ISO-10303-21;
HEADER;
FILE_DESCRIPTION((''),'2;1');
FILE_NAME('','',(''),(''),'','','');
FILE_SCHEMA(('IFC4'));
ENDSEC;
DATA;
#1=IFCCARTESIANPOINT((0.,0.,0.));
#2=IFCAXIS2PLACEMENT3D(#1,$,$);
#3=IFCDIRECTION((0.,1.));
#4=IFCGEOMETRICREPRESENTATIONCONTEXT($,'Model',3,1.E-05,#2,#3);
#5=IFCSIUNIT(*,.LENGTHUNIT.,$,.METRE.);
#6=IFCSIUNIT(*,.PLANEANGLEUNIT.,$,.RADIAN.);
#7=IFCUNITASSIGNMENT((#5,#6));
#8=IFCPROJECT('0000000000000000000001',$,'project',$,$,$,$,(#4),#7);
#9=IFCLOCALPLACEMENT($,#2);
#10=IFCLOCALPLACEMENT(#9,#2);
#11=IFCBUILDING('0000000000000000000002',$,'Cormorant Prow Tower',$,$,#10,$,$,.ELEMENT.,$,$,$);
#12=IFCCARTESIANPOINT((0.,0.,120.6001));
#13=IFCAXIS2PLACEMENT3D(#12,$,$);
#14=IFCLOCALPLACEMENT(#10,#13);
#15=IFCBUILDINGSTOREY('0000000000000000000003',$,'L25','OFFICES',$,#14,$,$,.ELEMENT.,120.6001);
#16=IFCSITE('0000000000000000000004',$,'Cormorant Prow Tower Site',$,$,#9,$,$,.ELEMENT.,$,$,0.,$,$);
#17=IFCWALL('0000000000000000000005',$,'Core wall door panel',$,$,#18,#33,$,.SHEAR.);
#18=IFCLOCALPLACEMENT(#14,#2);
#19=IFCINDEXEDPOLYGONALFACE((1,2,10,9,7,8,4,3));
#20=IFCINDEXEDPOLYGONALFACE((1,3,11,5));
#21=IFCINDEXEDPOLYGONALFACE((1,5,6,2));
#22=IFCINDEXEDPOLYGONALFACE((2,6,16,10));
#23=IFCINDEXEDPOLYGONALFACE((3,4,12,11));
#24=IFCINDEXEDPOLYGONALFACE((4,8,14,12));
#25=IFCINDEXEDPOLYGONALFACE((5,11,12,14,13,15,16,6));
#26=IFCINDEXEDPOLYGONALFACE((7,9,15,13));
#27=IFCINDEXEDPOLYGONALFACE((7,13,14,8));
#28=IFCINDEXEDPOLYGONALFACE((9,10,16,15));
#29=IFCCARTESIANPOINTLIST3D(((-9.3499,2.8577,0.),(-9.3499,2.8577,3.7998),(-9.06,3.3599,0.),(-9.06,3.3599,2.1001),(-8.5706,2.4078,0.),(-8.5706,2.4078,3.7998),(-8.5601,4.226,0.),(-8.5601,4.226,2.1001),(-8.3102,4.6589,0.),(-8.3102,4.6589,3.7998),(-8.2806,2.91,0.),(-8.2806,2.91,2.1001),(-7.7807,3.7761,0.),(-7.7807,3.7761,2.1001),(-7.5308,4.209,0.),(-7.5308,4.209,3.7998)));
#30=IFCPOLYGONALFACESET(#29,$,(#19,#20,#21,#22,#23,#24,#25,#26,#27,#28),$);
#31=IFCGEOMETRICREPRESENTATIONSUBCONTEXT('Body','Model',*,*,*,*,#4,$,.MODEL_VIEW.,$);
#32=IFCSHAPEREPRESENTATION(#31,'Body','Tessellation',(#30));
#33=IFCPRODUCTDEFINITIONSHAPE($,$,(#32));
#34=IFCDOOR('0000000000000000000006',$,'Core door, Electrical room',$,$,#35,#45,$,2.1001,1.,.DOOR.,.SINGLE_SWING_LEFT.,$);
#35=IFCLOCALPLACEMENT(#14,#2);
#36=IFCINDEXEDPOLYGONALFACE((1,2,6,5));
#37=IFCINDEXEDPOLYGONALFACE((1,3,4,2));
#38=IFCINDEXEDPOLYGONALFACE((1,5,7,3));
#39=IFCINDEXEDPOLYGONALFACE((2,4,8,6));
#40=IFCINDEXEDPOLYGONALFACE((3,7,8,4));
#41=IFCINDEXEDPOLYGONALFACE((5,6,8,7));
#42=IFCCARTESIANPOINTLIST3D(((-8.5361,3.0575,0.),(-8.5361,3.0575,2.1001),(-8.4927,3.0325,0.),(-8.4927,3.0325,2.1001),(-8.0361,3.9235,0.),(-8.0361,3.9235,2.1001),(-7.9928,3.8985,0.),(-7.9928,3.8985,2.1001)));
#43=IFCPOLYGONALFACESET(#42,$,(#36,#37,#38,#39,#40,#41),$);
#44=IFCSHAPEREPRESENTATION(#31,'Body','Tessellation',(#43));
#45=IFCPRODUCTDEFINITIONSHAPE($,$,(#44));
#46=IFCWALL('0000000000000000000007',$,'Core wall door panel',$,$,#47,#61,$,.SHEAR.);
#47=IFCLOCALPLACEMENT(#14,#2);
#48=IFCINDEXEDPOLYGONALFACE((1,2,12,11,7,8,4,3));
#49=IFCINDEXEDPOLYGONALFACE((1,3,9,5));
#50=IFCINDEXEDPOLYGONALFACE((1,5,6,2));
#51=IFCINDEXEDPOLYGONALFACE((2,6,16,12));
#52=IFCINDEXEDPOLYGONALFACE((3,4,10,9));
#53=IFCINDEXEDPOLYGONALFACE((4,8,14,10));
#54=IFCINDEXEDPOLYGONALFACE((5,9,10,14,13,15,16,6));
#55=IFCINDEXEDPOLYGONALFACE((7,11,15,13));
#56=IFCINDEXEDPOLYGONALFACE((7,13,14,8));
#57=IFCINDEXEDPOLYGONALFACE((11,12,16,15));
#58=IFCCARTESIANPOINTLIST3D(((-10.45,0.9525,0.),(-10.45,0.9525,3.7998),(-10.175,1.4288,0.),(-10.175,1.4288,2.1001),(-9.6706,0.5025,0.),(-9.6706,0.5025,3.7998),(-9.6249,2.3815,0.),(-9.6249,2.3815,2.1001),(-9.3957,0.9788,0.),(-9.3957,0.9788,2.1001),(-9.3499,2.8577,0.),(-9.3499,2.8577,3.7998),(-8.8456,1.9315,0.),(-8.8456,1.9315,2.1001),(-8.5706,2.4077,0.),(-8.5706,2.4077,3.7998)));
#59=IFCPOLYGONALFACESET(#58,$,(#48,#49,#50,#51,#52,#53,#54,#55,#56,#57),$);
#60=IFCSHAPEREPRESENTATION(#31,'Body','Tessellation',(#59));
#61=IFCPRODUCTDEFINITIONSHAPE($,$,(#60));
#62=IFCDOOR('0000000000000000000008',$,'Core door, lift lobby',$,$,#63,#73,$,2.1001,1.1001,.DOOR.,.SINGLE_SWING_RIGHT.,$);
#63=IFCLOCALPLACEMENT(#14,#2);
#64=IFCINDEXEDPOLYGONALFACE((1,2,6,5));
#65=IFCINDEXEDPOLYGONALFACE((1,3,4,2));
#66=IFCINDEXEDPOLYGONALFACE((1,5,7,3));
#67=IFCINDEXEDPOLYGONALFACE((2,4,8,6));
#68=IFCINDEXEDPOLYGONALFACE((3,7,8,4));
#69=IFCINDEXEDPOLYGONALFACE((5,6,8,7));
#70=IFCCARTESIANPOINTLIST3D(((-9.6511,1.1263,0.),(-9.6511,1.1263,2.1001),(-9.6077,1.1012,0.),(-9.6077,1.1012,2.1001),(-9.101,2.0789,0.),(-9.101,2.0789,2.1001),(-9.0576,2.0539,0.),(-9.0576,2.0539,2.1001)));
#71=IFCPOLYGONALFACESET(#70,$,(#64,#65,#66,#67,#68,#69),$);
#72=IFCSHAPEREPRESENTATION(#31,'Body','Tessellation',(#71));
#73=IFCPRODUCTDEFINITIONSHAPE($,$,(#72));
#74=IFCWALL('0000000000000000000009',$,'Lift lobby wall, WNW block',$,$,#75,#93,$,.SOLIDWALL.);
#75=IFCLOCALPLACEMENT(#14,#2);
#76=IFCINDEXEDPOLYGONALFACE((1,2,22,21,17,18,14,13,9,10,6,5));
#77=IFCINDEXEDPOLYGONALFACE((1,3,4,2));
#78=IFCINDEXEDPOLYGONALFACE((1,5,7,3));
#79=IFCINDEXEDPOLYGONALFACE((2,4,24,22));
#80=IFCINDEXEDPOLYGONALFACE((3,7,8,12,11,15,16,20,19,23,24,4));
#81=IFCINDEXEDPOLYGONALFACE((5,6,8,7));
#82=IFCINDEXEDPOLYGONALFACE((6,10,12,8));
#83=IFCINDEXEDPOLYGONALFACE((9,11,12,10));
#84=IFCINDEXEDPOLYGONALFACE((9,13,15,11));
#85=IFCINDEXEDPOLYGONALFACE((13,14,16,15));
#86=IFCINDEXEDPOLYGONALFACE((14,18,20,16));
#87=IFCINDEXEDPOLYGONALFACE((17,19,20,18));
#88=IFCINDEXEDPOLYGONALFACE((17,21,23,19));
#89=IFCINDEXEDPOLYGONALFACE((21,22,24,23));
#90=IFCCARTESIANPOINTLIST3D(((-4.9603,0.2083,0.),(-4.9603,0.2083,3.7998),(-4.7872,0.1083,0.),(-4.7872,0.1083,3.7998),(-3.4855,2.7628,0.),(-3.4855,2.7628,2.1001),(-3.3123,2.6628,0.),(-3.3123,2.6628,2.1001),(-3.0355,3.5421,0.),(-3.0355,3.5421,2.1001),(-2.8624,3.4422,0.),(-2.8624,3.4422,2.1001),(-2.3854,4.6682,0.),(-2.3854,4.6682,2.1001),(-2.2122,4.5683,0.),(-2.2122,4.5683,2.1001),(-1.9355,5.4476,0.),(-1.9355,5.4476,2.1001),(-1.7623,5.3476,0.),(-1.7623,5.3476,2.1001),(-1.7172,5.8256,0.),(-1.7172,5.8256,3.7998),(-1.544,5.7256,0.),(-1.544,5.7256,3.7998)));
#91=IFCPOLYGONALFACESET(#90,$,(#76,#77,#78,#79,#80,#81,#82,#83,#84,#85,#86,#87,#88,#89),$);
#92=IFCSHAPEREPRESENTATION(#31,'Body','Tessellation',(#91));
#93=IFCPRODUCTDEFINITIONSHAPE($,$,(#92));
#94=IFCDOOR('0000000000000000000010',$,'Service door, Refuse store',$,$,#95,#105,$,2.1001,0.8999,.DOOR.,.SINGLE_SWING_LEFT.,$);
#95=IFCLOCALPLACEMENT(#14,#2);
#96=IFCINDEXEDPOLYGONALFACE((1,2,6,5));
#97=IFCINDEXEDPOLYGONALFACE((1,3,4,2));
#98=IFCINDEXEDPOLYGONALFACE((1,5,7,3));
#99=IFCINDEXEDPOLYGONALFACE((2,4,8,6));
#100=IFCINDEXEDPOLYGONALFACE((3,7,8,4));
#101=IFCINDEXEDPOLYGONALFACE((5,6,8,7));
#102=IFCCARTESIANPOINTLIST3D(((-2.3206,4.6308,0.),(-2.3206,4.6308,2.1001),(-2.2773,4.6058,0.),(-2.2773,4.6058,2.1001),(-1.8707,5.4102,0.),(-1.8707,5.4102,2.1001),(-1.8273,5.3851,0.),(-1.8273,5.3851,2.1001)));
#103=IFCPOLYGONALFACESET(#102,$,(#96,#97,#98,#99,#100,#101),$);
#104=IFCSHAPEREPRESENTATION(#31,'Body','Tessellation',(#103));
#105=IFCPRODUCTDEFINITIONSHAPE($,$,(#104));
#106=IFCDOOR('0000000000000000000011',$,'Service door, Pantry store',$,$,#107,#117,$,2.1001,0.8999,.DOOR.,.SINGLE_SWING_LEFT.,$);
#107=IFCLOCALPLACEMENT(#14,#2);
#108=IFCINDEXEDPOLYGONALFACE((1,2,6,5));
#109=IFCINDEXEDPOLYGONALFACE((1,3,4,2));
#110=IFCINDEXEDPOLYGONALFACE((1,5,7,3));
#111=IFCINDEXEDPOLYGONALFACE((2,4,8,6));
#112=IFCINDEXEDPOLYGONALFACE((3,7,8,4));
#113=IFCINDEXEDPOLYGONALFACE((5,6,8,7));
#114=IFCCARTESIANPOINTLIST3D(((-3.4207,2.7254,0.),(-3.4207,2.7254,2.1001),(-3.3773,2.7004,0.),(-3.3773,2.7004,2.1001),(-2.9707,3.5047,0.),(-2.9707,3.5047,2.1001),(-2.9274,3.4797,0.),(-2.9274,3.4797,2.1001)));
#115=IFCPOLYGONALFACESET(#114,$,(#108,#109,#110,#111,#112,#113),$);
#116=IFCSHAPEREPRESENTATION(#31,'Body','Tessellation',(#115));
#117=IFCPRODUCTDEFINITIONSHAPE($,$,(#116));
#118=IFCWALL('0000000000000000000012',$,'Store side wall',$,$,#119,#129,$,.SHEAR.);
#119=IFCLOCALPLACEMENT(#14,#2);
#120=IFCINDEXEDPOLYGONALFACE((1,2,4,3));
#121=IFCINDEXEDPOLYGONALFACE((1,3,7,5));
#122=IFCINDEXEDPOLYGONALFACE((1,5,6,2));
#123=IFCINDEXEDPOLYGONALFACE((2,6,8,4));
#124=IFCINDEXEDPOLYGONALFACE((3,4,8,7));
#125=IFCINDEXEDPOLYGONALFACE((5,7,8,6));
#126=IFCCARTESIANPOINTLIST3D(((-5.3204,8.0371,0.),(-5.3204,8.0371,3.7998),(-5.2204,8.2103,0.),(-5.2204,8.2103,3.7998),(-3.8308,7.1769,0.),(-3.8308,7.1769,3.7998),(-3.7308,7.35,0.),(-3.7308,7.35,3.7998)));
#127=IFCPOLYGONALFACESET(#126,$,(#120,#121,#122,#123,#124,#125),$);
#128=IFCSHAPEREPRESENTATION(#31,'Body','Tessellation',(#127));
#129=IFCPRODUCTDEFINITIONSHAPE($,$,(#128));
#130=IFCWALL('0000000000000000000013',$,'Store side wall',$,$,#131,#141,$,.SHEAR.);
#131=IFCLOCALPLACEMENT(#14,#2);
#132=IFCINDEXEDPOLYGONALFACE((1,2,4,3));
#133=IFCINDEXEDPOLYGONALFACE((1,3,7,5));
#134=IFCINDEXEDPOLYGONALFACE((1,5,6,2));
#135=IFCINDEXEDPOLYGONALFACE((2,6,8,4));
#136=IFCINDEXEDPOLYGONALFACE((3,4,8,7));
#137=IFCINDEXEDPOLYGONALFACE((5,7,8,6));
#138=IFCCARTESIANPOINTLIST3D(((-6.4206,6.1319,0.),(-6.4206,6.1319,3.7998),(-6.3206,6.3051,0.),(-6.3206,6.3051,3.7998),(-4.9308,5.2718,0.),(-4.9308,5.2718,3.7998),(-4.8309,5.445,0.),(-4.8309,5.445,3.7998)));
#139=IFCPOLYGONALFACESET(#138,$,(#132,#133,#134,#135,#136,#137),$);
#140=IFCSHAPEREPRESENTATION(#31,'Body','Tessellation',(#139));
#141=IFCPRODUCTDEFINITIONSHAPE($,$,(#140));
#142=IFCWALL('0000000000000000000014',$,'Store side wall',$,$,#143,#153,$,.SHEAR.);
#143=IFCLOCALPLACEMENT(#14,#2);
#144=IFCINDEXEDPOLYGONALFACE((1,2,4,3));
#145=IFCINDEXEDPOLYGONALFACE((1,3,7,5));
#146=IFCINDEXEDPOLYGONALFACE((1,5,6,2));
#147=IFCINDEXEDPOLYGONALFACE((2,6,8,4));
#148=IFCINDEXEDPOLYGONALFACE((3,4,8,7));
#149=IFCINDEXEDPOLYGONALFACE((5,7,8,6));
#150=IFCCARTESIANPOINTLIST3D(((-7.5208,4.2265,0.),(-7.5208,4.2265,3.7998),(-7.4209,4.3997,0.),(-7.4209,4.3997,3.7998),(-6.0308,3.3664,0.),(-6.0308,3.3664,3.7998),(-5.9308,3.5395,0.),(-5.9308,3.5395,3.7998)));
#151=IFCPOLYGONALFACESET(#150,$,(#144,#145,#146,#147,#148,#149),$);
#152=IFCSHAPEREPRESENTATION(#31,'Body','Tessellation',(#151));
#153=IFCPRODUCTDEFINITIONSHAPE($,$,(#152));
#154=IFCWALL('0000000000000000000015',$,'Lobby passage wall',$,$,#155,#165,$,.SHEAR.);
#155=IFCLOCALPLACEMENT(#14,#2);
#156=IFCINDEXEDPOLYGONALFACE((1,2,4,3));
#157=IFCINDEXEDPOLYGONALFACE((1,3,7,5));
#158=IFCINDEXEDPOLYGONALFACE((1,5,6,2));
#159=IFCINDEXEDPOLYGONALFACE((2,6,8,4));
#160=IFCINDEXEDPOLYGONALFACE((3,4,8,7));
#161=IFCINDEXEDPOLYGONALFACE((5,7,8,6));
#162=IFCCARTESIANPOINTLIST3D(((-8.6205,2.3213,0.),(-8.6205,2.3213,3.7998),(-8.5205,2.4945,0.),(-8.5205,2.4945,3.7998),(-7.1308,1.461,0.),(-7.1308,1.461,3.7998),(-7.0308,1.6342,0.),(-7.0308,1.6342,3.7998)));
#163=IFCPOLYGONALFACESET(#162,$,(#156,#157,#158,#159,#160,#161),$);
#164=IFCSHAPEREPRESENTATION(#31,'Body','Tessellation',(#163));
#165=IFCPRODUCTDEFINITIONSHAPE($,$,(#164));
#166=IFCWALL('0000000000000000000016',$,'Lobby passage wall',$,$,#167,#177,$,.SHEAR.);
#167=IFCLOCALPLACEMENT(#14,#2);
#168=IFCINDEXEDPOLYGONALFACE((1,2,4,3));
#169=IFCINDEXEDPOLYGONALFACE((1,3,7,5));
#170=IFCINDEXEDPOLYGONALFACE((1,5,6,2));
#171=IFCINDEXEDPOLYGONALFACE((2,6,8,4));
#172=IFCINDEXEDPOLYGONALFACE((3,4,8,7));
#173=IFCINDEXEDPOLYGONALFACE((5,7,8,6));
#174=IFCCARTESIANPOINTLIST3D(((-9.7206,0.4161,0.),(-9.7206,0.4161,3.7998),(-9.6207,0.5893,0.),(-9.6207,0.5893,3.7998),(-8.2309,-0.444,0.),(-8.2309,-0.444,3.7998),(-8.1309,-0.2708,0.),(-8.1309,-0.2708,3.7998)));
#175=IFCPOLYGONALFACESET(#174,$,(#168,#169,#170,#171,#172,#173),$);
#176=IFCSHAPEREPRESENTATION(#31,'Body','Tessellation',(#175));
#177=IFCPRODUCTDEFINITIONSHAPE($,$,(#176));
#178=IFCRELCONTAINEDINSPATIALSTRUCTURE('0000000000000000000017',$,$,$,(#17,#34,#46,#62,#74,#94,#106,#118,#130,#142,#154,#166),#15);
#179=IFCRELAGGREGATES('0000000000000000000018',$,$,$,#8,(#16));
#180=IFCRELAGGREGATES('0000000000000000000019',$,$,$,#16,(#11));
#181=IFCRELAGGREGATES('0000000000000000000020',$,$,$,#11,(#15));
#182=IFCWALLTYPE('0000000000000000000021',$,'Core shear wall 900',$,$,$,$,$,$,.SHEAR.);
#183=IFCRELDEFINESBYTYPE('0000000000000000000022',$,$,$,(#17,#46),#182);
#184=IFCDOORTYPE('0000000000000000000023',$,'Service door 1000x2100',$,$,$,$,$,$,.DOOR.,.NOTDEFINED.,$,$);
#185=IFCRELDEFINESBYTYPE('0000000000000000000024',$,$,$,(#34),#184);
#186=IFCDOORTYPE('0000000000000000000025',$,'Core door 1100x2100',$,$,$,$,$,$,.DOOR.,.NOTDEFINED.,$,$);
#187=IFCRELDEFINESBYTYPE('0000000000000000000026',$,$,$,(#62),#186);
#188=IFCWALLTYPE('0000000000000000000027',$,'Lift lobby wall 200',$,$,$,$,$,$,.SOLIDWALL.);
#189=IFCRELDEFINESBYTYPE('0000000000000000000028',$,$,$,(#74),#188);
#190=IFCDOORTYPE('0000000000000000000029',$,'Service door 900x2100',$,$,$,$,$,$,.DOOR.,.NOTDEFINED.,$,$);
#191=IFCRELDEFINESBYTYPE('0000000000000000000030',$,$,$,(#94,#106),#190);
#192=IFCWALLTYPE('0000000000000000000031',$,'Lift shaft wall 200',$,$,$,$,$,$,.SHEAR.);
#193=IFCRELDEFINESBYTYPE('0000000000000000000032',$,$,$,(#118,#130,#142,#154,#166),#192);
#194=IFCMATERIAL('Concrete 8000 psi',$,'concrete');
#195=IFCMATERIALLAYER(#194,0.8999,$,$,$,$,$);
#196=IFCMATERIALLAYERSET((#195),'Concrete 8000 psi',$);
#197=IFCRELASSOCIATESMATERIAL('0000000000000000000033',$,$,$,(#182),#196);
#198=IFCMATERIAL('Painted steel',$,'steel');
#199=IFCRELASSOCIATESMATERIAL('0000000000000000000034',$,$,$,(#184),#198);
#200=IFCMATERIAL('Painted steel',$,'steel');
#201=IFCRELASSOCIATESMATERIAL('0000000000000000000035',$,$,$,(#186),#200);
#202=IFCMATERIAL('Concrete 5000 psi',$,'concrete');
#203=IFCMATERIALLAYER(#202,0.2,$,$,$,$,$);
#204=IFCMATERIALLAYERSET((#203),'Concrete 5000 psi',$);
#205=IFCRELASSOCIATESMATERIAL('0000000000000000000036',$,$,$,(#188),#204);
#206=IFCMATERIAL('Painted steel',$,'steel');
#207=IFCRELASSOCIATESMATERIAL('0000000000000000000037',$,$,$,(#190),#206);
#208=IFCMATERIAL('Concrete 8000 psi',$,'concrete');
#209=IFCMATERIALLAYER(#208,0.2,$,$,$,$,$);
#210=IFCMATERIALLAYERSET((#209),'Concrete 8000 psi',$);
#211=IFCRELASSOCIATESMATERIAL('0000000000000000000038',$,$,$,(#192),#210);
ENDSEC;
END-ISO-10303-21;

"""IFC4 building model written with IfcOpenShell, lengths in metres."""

from ifc_helpers import new_model, si_unit, direction, frame, frame_2d, origin, place, context, subcontext, project, spatial, rectangle, extrude, material, layer, layer_set, type_object, element, fill, save


model = new_model("IFC4")

# Units and contexts
model_context = context("Model", 3, precision=1e-05, world=origin(), true_north=direction((0.0, 1.0)))
body_context = subcontext(model_context, "Body", "Model", "MODEL_VIEW")
ifc_project = project(units=[si_unit("LENGTHUNIT", "METRE"), si_unit("PLANEANGLEUNIT", "RADIAN")], contexts=[model_context])

# Site, building, storey
site_placement = place(None, origin())
site = spatial("IfcSite", under=ifc_project, at=site_placement, Name="Cormorant Prow Tower Site", CompositionType="ELEMENT", RefElevation=0.0)
building_placement = place(site_placement, origin())
building = spatial("IfcBuilding", under=site, at=building_placement, Name="Cormorant Prow Tower", CompositionType="ELEMENT")
storey_placement = place(building_placement, frame((0.0, 0.0, 120.6001)))
storey = spatial("IfcBuildingStorey", under=building, at=storey_placement, Name="L25", Description="OFFICES", CompositionType="ELEMENT", Elevation=120.6001)

# Shared definitions
ifc_material_1 = material(Name="Concrete 8000 psi", Category="concrete")
ifc_layer_1 = layer(ifc_material_1, 0.8999)
ifc_layer_set_1 = layer_set([ifc_layer_1], Name="Concrete 8000 psi")
wall_type_1 = type_object("IfcWallType", Name="Core shear wall 900", PredefinedType="SHEAR", material=ifc_layer_set_1)

# Walls, openings, doors
wall_1_placement = place(storey_placement, frame((-7.9204, 4.4341, 0.0), z_axis=(0.0, 0.0, 1.0), x_axis=(-0.499939, -0.86606, 0.0)))
wall_1 = element("IfcWall", 1, at=wall_1_placement, inside=storey, type_object=wall_type_1, Name="Core wall door panel", PredefinedType="SHEAR", context=body_context, shape_type="SweptSolid", body=[
    extrude(rectangle(XDim=2.0798, YDim=0.8999, at=frame_2d((1.04, 0.0))), origin(), (0.0, 0.0, 1.0), 3.7998),
])
opening_1_placement = place(wall_1_placement, frame((0.5, 0.0, 0.0)))
opening_1 = element("IfcOpeningElement", 2, at=opening_1_placement, cuts=wall_1, PredefinedType="OPENING", context=body_context, shape_type="SweptSolid", body=[
    extrude(rectangle(XDim=1.0, YDim=2.1001, at=frame_2d((0.5, 1.05))), frame((0.0, 0.46, 0.0), z_axis=(0.0, -1.0, 0.0), x_axis=(1.0, 0.0, 0.0)), (0.0, 0.0, 1.0), 0.9199),
])
ifc_material_2 = material(Name="Painted steel", Category="steel")
door_type_1 = type_object("IfcDoorType", Name="Service door 1000x2100", OperationType="NOTDEFINED", PredefinedType="DOOR", material=ifc_material_2)
door_1_placement = place(opening_1_placement, origin())
door_1 = element("IfcDoor", 3, at=door_1_placement, inside=storey, type_object=door_type_1, Name="Core door, Electrical room", OperationType="SINGLE_SWING_LEFT", OverallHeight=2.1001, OverallWidth=1.0, PredefinedType="DOOR", context=body_context, shape_type="SweptSolid", body=[
    extrude(rectangle(XDim=1.0, YDim=2.1001, at=frame_2d((0.5, 1.05))), frame((0.0, 0.2051, 0.0), z_axis=(0.0, -1.0, 0.0), x_axis=(1.0, 0.0, 0.0)), (0.0, 0.0, 1.0), 0.05),
])
fill(opening_1, door_1)
wall_2_placement = place(storey_placement, frame((-8.9602, 2.6328, 0.0), z_axis=(0.0, 0.0, 1.0), x_axis=(-0.50003, -0.866008, 0.0)))
wall_2 = element("IfcWall", 4, at=wall_2_placement, inside=storey, type_object=wall_type_1, Name="Core wall door panel", PredefinedType="SHEAR", context=body_context, shape_type="SweptSolid", body=[
    extrude(rectangle(XDim=2.2, YDim=0.8999, at=frame_2d((1.1001, 0.0))), origin(), (0.0, 0.0, 1.0), 3.7998),
])
opening_2_placement = place(wall_2_placement, frame((0.55, 0.0, 0.0)))
opening_2 = element("IfcOpeningElement", 5, at=opening_2_placement, cuts=wall_2, PredefinedType="OPENING", context=body_context, shape_type="SweptSolid", body=[
    extrude(rectangle(XDim=1.1001, YDim=2.1001, at=frame_2d((0.55, 1.05))), frame((0.0, 0.46, 0.0), z_axis=(0.0, -1.0, 0.0), x_axis=(1.0, 0.0, 0.0)), (0.0, 0.0, 1.0), 0.9199),
])
ifc_material_3 = material(Name="Painted steel", Category="steel")
door_type_2 = type_object("IfcDoorType", Name="Core door 1100x2100", OperationType="NOTDEFINED", PredefinedType="DOOR", material=ifc_material_3)
door_2_placement = place(opening_2_placement, origin())
door_2 = element("IfcDoor", 6, at=door_2_placement, inside=storey, type_object=door_type_2, Name="Core door, lift lobby", OperationType="SINGLE_SWING_RIGHT", OverallHeight=2.1001, OverallWidth=1.1001, PredefinedType="DOOR", context=body_context, shape_type="SweptSolid", body=[
    extrude(rectangle(XDim=1.1001, YDim=2.1001, at=frame_2d((0.55, 1.05))), frame((0.0, 0.2051, 0.0), z_axis=(0.0, -1.0, 0.0), x_axis=(1.0, 0.0, 0.0)), (0.0, 0.0, 1.0), 0.05),
])
fill(opening_2, door_2)

# Wall, openings, doors
ifc_material_4 = material(Name="Concrete 5000 psi", Category="concrete")
ifc_layer_2 = layer(ifc_material_4, 0.2)
ifc_layer_set_2 = layer_set([ifc_layer_2], Name="Concrete 5000 psi")
wall_type_2 = type_object("IfcWallType", Name="Lift lobby wall 200", PredefinedType="SOLIDWALL", material=ifc_layer_set_2)
wall_3_placement = place(storey_placement, frame((-1.6306, 5.7756, 0.0), z_axis=(0.0, 0.0, 1.0), x_axis=(-0.499993, -0.86603, 0.0)))
wall_3 = element("IfcWall", 7, at=wall_3_placement, inside=storey, type_object=wall_type_2, Name="Lift lobby wall, WNW block", PredefinedType="SOLIDWALL", context=body_context, shape_type="SweptSolid", body=[
    extrude(rectangle(XDim=6.4863, YDim=0.2, at=frame_2d((3.2432, 0.0))), origin(), (0.0, 0.0, 1.0), 3.7998),
])
opening_3_placement = place(wall_3_placement, frame((0.4365, 0.0, 0.0)))
opening_3 = element("IfcOpeningElement", 8, at=opening_3_placement, cuts=wall_3, PredefinedType="OPENING", context=body_context, shape_type="SweptSolid", body=[
    extrude(rectangle(XDim=0.8999, YDim=2.1001, at=frame_2d((0.45, 1.05))), frame((0.0, 0.1099, 0.0), z_axis=(0.0, -1.0, 0.0), x_axis=(1.0, 0.0, 0.0)), (0.0, 0.0, 1.0), 0.22),
])
opening_4_placement = place(wall_3_placement, frame((2.6367, 0.0, 0.0)))
opening_4 = element("IfcOpeningElement", 9, at=opening_4_placement, cuts=wall_3, PredefinedType="OPENING", context=body_context, shape_type="SweptSolid", body=[
    extrude(rectangle(XDim=0.8999, YDim=2.1001, at=frame_2d((0.45, 1.05))), frame((0.0, 0.1099, 0.0), z_axis=(0.0, -1.0, 0.0), x_axis=(1.0, 0.0, 0.0)), (0.0, 0.0, 1.0), 0.22),
])
ifc_material_5 = material(Name="Painted steel", Category="steel")
door_type_3 = type_object("IfcDoorType", Name="Service door 900x2100", OperationType="NOTDEFINED", PredefinedType="DOOR", material=ifc_material_5)
door_3_placement = place(opening_3_placement, origin())
door_3 = element("IfcDoor", 10, at=door_3_placement, inside=storey, type_object=door_type_3, Name="Service door, Refuse store", OperationType="SINGLE_SWING_LEFT", OverallHeight=2.1001, OverallWidth=0.8999, PredefinedType="DOOR", context=body_context, shape_type="SweptSolid", body=[
    extrude(rectangle(XDim=0.8999, YDim=2.1001, at=frame_2d((0.45, 1.05))), frame((0.0, 0.0249, 0.0), z_axis=(0.0, -1.0, 0.0), x_axis=(1.0, 0.0, 0.0)), (0.0, 0.0, 1.0), 0.05),
])
fill(opening_3, door_3)
door_4_placement = place(opening_4_placement, origin())
door_4 = element("IfcDoor", 11, at=door_4_placement, inside=storey, type_object=door_type_3, Name="Service door, Pantry store", OperationType="SINGLE_SWING_LEFT", OverallHeight=2.1001, OverallWidth=0.8999, PredefinedType="DOOR", context=body_context, shape_type="SweptSolid", body=[
    extrude(rectangle(XDim=0.8999, YDim=2.1001, at=frame_2d((0.45, 1.05))), frame((0.0, 0.0249, 0.0), z_axis=(0.0, -1.0, 0.0), x_axis=(1.0, 0.0, 0.0)), (0.0, 0.0, 1.0), 0.05),
])
fill(opening_4, door_4)

# Walls
ifc_material_6 = material(Name="Concrete 8000 psi", Category="concrete")
ifc_layer_3 = layer(ifc_material_6, 0.2)
ifc_layer_set_3 = layer_set([ifc_layer_3], Name="Concrete 8000 psi")
wall_type_3 = type_object("IfcWallType", Name="Lift shaft wall 200", PredefinedType="SHEAR", material=ifc_layer_set_3)
for number, where, z_axis, x_axis, name in (
    (12, (-3.7808, 7.2634, 0.0), (0.0, 0.0, 1.0), (-0.865963, 0.500107, 0.0), "Store side wall"),
    (13, (-4.8809, 5.3584, 0.0), (0.0, 0.0, 1.0), (-0.866025, 0.500001, 0.0), "Store side wall"),
):
    element("IfcWall", number, at=place(storey_placement, frame(where, z_axis=z_axis, x_axis=x_axis)), inside=storey, type_object=wall_type_3, Name=name, PredefinedType="SHEAR", context=body_context, shape_type="SweptSolid", body=[
        extrude(rectangle(XDim=1.7202, YDim=0.2, at=frame_2d((0.8601, 0.0))), origin(), (0.0, 0.0, 1.0), 3.7998),
    ])
wall_4_placement = place(storey_placement, frame((-5.9807, 3.4529, 0.0), z_axis=(0.0, 0.0, 1.0), x_axis=(-0.86606, 0.499939, 0.0)))
element("IfcWall", 14, at=wall_4_placement, inside=storey, type_object=wall_type_3, Name="Store side wall", PredefinedType="SHEAR", context=body_context, shape_type="SweptSolid", body=[
    extrude(rectangle(XDim=1.7205, YDim=0.2, at=frame_2d((0.8604, 0.0))), origin(), (0.0, 0.0, 1.0), 3.7998),
])
for number, where, z_axis, x_axis, name in (
    (15, (-7.0808, 1.5476, 0.0), (0.0, 0.0, 1.0), (-0.865963, 0.500107, 0.0), "Lobby passage wall"),
    (16, (-8.1809, -0.3574, 0.0), (0.0, 0.0, 1.0), (-0.866025, 0.500001, 0.0), "Lobby passage wall"),
):
    element("IfcWall", number, at=place(storey_placement, frame(where, z_axis=z_axis, x_axis=x_axis)), inside=storey, type_object=wall_type_3, Name=name, PredefinedType="SHEAR", context=body_context, shape_type="SweptSolid", body=[
        extrude(rectangle(XDim=1.7202, YDim=0.2, at=frame_2d((0.8601, 0.0))), origin(), (0.0, 0.0, 1.0), 3.7998),
    ])

save(model, "model.ifc")
